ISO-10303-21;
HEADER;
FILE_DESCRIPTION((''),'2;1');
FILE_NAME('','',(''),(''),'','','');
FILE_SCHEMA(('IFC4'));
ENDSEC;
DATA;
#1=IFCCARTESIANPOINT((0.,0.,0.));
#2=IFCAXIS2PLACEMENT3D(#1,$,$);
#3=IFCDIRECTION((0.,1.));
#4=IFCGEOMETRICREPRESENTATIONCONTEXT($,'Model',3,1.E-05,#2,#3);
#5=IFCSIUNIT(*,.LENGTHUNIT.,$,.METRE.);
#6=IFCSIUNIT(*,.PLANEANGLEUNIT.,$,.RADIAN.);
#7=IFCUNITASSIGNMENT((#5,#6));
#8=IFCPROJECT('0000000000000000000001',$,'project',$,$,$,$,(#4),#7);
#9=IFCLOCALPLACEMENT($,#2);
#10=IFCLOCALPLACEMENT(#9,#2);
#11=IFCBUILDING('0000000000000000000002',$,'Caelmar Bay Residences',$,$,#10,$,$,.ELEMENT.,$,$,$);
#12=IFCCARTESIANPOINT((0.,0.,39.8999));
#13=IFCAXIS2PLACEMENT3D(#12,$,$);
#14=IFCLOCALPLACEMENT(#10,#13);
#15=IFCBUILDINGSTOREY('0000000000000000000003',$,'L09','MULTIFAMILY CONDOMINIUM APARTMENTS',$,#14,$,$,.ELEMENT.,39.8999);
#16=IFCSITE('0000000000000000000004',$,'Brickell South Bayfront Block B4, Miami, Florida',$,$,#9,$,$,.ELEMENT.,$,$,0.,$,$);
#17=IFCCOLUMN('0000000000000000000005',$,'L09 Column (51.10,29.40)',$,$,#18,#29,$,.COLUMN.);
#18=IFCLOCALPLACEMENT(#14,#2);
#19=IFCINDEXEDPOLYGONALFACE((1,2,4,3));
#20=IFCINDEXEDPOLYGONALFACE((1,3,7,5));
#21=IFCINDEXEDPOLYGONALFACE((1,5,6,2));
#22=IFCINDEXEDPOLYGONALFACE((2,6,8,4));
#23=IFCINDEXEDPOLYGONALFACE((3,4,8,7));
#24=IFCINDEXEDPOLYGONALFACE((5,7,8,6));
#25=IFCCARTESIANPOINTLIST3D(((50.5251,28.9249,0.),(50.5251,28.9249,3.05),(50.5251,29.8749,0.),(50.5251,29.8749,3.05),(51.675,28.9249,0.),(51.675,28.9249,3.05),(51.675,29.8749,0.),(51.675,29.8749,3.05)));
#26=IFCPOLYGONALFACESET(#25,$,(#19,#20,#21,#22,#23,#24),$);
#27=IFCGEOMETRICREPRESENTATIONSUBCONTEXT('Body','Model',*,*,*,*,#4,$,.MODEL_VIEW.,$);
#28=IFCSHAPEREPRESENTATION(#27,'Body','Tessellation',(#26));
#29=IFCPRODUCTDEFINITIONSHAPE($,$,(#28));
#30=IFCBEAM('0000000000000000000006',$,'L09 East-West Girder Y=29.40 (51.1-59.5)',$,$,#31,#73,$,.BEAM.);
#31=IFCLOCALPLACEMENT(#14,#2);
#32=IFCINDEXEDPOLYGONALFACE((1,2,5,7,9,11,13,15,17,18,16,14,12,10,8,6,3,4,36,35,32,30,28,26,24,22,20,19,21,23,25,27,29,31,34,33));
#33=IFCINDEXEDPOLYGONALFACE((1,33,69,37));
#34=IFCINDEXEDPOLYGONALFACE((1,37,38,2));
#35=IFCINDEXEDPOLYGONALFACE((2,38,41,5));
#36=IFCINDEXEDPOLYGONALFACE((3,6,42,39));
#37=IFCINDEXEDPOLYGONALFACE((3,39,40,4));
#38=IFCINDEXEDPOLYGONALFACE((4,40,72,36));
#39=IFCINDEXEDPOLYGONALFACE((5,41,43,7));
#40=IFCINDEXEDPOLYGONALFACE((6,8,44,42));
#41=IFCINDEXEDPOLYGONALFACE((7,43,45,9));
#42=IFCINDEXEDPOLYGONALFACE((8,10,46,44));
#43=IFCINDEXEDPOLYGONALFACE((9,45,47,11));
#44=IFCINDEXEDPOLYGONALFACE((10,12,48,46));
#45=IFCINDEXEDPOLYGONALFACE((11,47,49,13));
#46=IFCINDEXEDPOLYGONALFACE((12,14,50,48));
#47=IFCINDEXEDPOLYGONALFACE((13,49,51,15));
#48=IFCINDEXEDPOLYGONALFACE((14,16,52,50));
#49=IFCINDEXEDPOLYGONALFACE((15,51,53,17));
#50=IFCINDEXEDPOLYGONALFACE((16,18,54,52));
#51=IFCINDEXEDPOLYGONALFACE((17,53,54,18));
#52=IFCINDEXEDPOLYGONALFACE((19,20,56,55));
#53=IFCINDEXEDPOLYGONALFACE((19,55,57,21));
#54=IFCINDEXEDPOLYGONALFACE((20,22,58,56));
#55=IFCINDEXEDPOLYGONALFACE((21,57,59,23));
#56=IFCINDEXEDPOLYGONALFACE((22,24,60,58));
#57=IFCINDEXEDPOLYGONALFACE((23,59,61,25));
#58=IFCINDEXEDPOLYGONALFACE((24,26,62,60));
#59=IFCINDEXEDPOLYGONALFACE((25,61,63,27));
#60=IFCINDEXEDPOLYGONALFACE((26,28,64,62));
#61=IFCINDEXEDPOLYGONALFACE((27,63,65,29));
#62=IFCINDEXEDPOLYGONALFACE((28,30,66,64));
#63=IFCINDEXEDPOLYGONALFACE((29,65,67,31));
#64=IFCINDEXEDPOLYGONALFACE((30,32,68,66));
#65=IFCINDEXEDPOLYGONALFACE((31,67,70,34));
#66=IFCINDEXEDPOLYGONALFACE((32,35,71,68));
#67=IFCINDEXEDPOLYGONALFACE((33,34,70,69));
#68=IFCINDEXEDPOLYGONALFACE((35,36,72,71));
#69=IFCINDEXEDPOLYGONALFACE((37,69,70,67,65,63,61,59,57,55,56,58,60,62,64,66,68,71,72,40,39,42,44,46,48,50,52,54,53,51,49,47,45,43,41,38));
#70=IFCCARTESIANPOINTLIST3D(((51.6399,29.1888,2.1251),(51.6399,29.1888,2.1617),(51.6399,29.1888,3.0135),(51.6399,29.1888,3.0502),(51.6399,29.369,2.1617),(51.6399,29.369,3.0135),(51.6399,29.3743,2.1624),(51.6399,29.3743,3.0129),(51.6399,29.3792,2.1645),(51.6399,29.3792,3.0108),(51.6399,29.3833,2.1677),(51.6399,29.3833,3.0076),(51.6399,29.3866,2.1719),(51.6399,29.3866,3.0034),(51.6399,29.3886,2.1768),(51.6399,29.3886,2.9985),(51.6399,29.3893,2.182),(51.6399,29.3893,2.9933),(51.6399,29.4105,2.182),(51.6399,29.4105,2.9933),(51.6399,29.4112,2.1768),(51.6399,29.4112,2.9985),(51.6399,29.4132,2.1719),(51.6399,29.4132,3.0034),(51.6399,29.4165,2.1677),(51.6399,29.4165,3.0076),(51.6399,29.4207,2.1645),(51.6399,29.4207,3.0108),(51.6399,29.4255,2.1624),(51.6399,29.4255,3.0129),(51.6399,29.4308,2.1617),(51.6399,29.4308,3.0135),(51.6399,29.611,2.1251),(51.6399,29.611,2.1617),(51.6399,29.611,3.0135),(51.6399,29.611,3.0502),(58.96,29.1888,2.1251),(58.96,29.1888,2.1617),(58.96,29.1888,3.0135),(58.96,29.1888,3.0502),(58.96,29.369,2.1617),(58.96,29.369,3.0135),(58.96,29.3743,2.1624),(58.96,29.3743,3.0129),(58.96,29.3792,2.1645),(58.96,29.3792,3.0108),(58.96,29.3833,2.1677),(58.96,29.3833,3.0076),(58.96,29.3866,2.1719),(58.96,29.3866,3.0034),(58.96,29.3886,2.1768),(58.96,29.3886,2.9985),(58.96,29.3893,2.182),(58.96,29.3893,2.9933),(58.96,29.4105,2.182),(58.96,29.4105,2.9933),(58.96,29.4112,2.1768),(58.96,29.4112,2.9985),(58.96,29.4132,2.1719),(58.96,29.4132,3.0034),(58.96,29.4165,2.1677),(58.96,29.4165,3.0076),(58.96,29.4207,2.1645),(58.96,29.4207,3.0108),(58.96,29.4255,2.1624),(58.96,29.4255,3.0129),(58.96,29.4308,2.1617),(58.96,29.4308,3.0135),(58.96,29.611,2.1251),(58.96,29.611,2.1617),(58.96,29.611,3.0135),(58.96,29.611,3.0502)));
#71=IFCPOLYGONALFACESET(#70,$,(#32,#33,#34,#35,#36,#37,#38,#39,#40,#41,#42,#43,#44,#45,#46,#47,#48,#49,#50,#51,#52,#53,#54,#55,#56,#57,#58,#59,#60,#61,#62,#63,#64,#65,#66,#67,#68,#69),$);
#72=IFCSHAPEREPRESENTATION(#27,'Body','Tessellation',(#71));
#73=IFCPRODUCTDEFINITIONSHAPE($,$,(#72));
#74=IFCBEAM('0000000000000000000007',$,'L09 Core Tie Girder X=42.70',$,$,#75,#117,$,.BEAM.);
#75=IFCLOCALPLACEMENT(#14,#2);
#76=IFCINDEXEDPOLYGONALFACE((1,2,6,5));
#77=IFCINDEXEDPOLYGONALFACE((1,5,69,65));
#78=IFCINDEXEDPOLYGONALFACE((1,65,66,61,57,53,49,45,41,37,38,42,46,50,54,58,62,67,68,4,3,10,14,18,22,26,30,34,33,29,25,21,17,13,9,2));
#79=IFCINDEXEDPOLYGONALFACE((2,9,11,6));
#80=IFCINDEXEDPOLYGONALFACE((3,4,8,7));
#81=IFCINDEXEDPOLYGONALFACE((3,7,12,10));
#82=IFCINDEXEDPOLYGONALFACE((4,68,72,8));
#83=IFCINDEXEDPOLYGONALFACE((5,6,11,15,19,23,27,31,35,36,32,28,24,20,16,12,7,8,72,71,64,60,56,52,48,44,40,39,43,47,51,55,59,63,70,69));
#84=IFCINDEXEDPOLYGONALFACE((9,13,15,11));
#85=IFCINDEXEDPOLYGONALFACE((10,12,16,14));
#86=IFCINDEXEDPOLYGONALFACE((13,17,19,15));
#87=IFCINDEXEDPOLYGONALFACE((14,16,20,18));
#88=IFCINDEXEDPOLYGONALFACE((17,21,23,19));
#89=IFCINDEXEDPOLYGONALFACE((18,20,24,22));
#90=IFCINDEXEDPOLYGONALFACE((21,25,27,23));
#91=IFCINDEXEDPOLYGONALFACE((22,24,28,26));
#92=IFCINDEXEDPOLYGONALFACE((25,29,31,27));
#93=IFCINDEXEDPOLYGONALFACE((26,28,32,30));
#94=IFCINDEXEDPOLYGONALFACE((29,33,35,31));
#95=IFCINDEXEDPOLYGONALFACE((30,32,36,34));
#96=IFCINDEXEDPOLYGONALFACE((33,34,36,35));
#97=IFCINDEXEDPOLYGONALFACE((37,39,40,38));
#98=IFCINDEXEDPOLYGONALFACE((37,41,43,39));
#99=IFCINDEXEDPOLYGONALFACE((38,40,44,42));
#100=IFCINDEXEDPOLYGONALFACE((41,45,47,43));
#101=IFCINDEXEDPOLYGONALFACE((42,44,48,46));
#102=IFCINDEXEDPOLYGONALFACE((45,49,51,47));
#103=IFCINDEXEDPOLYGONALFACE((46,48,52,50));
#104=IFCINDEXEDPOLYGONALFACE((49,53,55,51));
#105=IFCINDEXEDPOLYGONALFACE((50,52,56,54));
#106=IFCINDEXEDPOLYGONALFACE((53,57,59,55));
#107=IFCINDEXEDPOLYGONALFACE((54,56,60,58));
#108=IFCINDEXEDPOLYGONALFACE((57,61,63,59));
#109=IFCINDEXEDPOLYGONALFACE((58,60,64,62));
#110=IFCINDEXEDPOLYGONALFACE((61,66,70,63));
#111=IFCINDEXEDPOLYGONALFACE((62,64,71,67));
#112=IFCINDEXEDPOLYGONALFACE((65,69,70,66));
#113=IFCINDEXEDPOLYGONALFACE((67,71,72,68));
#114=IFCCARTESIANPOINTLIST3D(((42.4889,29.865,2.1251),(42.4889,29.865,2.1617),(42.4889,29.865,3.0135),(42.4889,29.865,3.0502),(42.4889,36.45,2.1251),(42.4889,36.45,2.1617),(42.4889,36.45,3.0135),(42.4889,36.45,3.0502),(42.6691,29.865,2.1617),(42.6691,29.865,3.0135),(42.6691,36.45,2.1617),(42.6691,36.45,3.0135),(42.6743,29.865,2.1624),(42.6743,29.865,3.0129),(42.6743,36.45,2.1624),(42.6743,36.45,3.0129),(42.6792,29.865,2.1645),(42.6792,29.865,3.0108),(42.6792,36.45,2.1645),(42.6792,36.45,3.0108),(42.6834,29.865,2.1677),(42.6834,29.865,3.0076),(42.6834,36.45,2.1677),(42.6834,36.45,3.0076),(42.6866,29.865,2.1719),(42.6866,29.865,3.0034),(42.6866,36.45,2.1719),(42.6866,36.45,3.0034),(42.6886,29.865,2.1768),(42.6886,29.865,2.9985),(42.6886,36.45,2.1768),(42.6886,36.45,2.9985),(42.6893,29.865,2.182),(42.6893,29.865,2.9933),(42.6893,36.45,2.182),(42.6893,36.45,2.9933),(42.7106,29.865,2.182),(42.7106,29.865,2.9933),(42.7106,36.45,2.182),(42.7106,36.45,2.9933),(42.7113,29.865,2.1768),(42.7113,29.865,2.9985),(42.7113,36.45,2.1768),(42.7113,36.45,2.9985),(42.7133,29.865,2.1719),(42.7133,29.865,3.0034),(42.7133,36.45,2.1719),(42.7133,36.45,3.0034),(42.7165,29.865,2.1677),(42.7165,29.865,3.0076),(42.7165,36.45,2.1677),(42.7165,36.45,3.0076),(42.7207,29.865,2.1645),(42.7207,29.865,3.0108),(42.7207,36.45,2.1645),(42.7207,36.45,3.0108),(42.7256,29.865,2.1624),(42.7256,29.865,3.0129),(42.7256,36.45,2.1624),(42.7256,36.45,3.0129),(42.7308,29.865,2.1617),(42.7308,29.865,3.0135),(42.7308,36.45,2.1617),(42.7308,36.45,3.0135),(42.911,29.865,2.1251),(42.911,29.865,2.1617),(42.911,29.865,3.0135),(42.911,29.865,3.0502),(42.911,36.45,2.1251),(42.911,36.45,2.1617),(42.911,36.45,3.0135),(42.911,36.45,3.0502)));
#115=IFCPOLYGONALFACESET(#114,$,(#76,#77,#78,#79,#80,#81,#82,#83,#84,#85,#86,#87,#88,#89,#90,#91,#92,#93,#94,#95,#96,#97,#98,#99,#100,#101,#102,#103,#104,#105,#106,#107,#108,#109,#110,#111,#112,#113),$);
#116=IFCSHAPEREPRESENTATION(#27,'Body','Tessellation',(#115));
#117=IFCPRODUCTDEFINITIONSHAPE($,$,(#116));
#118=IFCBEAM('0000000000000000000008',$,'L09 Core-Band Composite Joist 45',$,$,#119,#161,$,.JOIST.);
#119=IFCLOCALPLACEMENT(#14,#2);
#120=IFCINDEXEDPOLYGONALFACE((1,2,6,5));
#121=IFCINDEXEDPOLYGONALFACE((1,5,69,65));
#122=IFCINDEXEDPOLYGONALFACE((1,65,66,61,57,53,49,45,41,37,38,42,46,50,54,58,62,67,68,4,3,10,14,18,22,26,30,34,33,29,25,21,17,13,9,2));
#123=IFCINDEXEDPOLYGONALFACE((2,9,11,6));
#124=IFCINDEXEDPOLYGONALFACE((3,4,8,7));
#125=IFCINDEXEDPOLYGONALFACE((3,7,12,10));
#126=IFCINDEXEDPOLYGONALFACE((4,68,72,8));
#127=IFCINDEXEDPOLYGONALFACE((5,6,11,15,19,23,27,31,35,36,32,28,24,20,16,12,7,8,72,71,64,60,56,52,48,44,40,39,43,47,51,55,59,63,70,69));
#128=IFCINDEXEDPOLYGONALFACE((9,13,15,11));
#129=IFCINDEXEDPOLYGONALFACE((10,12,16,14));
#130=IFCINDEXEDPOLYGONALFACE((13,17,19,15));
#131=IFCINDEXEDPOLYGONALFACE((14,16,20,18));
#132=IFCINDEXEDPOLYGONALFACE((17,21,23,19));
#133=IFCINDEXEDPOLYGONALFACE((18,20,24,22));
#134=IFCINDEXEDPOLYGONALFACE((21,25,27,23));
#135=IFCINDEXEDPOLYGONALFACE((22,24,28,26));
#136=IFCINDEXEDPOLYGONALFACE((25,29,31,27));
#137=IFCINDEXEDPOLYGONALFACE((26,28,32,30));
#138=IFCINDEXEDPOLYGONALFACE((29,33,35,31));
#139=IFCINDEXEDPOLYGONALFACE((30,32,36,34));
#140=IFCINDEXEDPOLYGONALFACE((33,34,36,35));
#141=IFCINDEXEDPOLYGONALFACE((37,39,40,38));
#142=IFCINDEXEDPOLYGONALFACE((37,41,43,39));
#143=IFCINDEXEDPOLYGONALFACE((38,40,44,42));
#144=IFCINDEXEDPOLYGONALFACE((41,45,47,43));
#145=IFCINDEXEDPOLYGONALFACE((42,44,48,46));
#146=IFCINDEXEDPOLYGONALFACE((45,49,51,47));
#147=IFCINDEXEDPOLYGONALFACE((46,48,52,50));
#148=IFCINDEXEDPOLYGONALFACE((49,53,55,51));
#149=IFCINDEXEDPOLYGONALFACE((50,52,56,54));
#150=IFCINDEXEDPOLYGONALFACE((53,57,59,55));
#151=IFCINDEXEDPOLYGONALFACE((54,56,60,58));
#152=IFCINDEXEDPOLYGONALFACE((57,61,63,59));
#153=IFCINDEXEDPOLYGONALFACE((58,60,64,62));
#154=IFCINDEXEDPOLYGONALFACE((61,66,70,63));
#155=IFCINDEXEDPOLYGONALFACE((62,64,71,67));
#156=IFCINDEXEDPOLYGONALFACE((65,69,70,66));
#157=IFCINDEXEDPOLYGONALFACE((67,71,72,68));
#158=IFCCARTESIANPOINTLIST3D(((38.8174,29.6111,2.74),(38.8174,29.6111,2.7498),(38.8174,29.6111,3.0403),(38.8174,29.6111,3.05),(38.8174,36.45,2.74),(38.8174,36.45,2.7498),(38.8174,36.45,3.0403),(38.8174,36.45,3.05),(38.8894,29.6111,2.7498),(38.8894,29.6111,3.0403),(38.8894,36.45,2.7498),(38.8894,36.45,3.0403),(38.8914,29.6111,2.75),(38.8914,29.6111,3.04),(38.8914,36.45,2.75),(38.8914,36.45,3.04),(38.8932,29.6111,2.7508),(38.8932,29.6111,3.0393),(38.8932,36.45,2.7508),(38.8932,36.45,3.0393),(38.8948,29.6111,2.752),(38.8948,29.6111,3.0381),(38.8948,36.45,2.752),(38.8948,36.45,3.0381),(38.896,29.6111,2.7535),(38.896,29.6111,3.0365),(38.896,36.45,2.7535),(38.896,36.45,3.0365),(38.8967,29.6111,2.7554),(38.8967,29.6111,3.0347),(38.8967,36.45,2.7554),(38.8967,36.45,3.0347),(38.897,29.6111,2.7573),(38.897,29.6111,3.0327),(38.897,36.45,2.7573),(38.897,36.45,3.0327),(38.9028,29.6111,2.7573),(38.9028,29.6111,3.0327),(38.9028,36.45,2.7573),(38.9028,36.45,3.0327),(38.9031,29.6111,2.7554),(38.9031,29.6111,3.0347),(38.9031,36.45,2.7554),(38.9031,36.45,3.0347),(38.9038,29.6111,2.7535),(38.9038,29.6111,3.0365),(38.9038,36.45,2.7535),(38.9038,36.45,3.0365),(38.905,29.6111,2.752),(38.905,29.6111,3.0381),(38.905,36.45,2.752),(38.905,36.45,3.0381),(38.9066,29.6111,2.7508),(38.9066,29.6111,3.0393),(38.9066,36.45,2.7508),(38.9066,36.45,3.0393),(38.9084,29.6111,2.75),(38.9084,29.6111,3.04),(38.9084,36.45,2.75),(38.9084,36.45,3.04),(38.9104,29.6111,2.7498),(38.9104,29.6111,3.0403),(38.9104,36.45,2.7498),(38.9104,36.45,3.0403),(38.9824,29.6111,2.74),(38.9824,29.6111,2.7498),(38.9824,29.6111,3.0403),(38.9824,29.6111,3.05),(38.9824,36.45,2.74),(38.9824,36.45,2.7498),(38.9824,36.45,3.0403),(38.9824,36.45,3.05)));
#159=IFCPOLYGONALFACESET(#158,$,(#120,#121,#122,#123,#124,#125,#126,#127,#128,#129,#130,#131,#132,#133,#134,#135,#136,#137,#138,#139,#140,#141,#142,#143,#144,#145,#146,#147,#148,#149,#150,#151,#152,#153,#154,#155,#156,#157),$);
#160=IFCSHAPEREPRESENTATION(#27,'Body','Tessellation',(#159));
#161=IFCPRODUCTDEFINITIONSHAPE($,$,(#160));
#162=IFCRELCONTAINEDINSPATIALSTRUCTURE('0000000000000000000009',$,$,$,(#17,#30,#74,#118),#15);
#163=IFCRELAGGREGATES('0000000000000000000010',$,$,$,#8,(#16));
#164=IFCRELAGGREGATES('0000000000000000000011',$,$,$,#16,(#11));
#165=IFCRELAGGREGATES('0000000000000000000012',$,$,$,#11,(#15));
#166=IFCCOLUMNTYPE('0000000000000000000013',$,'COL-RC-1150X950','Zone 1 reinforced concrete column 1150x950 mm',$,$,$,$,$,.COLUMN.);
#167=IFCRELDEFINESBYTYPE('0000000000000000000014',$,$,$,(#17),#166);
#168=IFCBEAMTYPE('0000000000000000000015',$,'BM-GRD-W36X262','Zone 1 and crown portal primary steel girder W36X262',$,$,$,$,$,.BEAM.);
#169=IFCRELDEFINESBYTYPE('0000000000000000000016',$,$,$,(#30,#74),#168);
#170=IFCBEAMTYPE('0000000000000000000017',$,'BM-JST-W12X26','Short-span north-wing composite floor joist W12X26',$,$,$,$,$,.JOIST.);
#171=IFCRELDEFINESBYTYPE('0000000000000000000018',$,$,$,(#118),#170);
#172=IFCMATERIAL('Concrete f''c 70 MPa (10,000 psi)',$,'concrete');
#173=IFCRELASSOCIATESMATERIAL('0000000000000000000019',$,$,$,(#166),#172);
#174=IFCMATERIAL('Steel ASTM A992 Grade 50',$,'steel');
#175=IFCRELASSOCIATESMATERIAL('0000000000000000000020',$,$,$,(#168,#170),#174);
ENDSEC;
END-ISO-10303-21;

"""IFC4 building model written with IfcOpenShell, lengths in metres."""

from ifc_helpers import new_model, si_unit, direction, frame, origin, origin_2d, place, context, subcontext, project, spatial, rectangle, i_section, extrude, material, material_profile, profile_set, type_object, element, save


model = new_model("IFC4")

# Units and contexts
model_context = context("Model", 3, precision=1e-05, world=origin(), true_north=direction((0.0, 1.0)))
body_context = subcontext(model_context, "Body", "Model", "MODEL_VIEW")
ifc_project = project(units=[si_unit("LENGTHUNIT", "METRE"), si_unit("PLANEANGLEUNIT", "RADIAN")], contexts=[model_context])

# Site, building, storey
site_placement = place(None, origin())
site = spatial("IfcSite", under=ifc_project, at=site_placement, Name="Brickell South Bayfront Block B4, Miami, Florida", CompositionType="ELEMENT", RefElevation=0.0)
building_placement = place(site_placement, origin())
building = spatial("IfcBuilding", under=site, at=building_placement, Name="Caelmar Bay Residences", CompositionType="ELEMENT")
storey_placement = place(building_placement, frame((0.0, 0.0, 39.8999)))
storey = spatial("IfcBuildingStorey", under=building, at=storey_placement, Name="L09", Description="MULTIFAMILY CONDOMINIUM APARTMENTS", CompositionType="ELEMENT", Elevation=39.8999)

# Column
ifc_material_1 = material(Name="Concrete f'c 70 MPa (10,000 psi)", Category="concrete")
ifc_material_profile_1 = material_profile(ifc_material_1, rectangle(XDim=1.1499, YDim=0.95, at=origin_2d()), Name="RC-COL-1150X950")
ifc_profile_set_1 = profile_set([ifc_material_profile_1], Name="Concrete f'c 70 MPa (10,000 psi)")
column_type = type_object("IfcColumnType", Name="COL-RC-1150X950", Description="Zone 1 reinforced concrete column 1150x950 mm", PredefinedType="COLUMN", material=ifc_profile_set_1)
column_placement = place(storey_placement, frame((51.1001, 29.3999, 0.0), z_axis=(0.0, 0.0, 1.0), x_axis=(1.0, 0.0, 0.0)))
element("IfcColumn", 1, at=column_placement, inside=storey, type_object=column_type, Name="L09 Column (51.10,29.40)", PredefinedType="COLUMN", context=body_context, shape_type="SweptSolid", body=[
    extrude(rectangle(XDim=1.1499, YDim=0.95, at=origin_2d()), origin(), (0.0, 0.0, 1.0), 3.05),
])

# Beams
ifc_material_2 = material(Name="Steel ASTM A992 Grade 50", Category="steel")
ifc_material_profile_2 = material_profile(ifc_material_2, i_section(OverallWidth=0.4221, OverallDepth=0.925, WebThickness=0.0212, FlangeThickness=0.0366, FilletRadius=0.0203, at=origin_2d()), Name="W36X262")
ifc_profile_set_2 = profile_set([ifc_material_profile_2], Name="Steel ASTM A992 Grade 50")
beam_type_1 = type_object("IfcBeamType", Name="BM-GRD-W36X262", Description="Zone 1 and crown portal primary steel girder W36X262", PredefinedType="BEAM", material=ifc_profile_set_2)
beam_1_placement = place(storey_placement, frame((51.6399, 29.3999, 2.5876), z_axis=(1.0, 0.0, 0.0), x_axis=(0.0, 1.0, 0.0)))
element("IfcBeam", 2, at=beam_1_placement, inside=storey, type_object=beam_type_1, Name="L09 East-West Girder Y=29.40 (51.1-59.5)", PredefinedType="BEAM", context=body_context, shape_type="SweptSolid", body=[
    extrude(i_section(OverallWidth=0.4221, OverallDepth=0.925, WebThickness=0.0212, FlangeThickness=0.0366, FilletRadius=0.0203, at=origin_2d()), origin(), (0.0, 0.0, 1.0), 7.3201),
])
beam_2_placement = place(storey_placement, frame((42.7, 29.865, 2.5876), z_axis=(0.0, 1.0, 0.0), x_axis=(-1.0, 0.0, 0.0)))
element("IfcBeam", 3, at=beam_2_placement, inside=storey, type_object=beam_type_1, Name="L09 Core Tie Girder X=42.70", PredefinedType="BEAM", context=body_context, shape_type="SweptSolid", body=[
    extrude(i_section(OverallWidth=0.4221, OverallDepth=0.925, WebThickness=0.0212, FlangeThickness=0.0366, FilletRadius=0.0203, at=origin_2d()), origin(), (0.0, 0.0, 1.0), 6.585),
])
ifc_material_profile_3 = material_profile(ifc_material_2, i_section(OverallWidth=0.165, OverallDepth=0.3101, WebThickness=0.0059, FlangeThickness=0.0098, FilletRadius=0.0076, at=origin_2d()), Name="W12X26")
ifc_profile_set_3 = profile_set([ifc_material_profile_3], Name="Steel ASTM A992 Grade 50")
beam_type_2 = type_object("IfcBeamType", Name="BM-JST-W12X26", Description="Short-span north-wing composite floor joist W12X26", PredefinedType="JOIST", material=ifc_profile_set_3)
for number, where, z_axis, x_axis, name in (
    (4, (38.8999, 29.6111, 2.895), (0.0, 1.0, 0.0), (-1.0, 0.0, 0.0), "L09 Core-Band Composite Joist 45"),
):
    element("IfcBeam", number, at=place(storey_placement, frame(where, z_axis=z_axis, x_axis=x_axis)), inside=storey, type_object=beam_type_2, Name=name, PredefinedType="JOIST", context=body_context, shape_type="SweptSolid", body=[
        extrude(i_section(OverallWidth=0.165, OverallDepth=0.3101, WebThickness=0.0059, FlangeThickness=0.0098, FilletRadius=0.0076, at=origin_2d()), origin(), (0.0, 0.0, 1.0), 6.8389),
    ])

save(model, "model.ifc")
